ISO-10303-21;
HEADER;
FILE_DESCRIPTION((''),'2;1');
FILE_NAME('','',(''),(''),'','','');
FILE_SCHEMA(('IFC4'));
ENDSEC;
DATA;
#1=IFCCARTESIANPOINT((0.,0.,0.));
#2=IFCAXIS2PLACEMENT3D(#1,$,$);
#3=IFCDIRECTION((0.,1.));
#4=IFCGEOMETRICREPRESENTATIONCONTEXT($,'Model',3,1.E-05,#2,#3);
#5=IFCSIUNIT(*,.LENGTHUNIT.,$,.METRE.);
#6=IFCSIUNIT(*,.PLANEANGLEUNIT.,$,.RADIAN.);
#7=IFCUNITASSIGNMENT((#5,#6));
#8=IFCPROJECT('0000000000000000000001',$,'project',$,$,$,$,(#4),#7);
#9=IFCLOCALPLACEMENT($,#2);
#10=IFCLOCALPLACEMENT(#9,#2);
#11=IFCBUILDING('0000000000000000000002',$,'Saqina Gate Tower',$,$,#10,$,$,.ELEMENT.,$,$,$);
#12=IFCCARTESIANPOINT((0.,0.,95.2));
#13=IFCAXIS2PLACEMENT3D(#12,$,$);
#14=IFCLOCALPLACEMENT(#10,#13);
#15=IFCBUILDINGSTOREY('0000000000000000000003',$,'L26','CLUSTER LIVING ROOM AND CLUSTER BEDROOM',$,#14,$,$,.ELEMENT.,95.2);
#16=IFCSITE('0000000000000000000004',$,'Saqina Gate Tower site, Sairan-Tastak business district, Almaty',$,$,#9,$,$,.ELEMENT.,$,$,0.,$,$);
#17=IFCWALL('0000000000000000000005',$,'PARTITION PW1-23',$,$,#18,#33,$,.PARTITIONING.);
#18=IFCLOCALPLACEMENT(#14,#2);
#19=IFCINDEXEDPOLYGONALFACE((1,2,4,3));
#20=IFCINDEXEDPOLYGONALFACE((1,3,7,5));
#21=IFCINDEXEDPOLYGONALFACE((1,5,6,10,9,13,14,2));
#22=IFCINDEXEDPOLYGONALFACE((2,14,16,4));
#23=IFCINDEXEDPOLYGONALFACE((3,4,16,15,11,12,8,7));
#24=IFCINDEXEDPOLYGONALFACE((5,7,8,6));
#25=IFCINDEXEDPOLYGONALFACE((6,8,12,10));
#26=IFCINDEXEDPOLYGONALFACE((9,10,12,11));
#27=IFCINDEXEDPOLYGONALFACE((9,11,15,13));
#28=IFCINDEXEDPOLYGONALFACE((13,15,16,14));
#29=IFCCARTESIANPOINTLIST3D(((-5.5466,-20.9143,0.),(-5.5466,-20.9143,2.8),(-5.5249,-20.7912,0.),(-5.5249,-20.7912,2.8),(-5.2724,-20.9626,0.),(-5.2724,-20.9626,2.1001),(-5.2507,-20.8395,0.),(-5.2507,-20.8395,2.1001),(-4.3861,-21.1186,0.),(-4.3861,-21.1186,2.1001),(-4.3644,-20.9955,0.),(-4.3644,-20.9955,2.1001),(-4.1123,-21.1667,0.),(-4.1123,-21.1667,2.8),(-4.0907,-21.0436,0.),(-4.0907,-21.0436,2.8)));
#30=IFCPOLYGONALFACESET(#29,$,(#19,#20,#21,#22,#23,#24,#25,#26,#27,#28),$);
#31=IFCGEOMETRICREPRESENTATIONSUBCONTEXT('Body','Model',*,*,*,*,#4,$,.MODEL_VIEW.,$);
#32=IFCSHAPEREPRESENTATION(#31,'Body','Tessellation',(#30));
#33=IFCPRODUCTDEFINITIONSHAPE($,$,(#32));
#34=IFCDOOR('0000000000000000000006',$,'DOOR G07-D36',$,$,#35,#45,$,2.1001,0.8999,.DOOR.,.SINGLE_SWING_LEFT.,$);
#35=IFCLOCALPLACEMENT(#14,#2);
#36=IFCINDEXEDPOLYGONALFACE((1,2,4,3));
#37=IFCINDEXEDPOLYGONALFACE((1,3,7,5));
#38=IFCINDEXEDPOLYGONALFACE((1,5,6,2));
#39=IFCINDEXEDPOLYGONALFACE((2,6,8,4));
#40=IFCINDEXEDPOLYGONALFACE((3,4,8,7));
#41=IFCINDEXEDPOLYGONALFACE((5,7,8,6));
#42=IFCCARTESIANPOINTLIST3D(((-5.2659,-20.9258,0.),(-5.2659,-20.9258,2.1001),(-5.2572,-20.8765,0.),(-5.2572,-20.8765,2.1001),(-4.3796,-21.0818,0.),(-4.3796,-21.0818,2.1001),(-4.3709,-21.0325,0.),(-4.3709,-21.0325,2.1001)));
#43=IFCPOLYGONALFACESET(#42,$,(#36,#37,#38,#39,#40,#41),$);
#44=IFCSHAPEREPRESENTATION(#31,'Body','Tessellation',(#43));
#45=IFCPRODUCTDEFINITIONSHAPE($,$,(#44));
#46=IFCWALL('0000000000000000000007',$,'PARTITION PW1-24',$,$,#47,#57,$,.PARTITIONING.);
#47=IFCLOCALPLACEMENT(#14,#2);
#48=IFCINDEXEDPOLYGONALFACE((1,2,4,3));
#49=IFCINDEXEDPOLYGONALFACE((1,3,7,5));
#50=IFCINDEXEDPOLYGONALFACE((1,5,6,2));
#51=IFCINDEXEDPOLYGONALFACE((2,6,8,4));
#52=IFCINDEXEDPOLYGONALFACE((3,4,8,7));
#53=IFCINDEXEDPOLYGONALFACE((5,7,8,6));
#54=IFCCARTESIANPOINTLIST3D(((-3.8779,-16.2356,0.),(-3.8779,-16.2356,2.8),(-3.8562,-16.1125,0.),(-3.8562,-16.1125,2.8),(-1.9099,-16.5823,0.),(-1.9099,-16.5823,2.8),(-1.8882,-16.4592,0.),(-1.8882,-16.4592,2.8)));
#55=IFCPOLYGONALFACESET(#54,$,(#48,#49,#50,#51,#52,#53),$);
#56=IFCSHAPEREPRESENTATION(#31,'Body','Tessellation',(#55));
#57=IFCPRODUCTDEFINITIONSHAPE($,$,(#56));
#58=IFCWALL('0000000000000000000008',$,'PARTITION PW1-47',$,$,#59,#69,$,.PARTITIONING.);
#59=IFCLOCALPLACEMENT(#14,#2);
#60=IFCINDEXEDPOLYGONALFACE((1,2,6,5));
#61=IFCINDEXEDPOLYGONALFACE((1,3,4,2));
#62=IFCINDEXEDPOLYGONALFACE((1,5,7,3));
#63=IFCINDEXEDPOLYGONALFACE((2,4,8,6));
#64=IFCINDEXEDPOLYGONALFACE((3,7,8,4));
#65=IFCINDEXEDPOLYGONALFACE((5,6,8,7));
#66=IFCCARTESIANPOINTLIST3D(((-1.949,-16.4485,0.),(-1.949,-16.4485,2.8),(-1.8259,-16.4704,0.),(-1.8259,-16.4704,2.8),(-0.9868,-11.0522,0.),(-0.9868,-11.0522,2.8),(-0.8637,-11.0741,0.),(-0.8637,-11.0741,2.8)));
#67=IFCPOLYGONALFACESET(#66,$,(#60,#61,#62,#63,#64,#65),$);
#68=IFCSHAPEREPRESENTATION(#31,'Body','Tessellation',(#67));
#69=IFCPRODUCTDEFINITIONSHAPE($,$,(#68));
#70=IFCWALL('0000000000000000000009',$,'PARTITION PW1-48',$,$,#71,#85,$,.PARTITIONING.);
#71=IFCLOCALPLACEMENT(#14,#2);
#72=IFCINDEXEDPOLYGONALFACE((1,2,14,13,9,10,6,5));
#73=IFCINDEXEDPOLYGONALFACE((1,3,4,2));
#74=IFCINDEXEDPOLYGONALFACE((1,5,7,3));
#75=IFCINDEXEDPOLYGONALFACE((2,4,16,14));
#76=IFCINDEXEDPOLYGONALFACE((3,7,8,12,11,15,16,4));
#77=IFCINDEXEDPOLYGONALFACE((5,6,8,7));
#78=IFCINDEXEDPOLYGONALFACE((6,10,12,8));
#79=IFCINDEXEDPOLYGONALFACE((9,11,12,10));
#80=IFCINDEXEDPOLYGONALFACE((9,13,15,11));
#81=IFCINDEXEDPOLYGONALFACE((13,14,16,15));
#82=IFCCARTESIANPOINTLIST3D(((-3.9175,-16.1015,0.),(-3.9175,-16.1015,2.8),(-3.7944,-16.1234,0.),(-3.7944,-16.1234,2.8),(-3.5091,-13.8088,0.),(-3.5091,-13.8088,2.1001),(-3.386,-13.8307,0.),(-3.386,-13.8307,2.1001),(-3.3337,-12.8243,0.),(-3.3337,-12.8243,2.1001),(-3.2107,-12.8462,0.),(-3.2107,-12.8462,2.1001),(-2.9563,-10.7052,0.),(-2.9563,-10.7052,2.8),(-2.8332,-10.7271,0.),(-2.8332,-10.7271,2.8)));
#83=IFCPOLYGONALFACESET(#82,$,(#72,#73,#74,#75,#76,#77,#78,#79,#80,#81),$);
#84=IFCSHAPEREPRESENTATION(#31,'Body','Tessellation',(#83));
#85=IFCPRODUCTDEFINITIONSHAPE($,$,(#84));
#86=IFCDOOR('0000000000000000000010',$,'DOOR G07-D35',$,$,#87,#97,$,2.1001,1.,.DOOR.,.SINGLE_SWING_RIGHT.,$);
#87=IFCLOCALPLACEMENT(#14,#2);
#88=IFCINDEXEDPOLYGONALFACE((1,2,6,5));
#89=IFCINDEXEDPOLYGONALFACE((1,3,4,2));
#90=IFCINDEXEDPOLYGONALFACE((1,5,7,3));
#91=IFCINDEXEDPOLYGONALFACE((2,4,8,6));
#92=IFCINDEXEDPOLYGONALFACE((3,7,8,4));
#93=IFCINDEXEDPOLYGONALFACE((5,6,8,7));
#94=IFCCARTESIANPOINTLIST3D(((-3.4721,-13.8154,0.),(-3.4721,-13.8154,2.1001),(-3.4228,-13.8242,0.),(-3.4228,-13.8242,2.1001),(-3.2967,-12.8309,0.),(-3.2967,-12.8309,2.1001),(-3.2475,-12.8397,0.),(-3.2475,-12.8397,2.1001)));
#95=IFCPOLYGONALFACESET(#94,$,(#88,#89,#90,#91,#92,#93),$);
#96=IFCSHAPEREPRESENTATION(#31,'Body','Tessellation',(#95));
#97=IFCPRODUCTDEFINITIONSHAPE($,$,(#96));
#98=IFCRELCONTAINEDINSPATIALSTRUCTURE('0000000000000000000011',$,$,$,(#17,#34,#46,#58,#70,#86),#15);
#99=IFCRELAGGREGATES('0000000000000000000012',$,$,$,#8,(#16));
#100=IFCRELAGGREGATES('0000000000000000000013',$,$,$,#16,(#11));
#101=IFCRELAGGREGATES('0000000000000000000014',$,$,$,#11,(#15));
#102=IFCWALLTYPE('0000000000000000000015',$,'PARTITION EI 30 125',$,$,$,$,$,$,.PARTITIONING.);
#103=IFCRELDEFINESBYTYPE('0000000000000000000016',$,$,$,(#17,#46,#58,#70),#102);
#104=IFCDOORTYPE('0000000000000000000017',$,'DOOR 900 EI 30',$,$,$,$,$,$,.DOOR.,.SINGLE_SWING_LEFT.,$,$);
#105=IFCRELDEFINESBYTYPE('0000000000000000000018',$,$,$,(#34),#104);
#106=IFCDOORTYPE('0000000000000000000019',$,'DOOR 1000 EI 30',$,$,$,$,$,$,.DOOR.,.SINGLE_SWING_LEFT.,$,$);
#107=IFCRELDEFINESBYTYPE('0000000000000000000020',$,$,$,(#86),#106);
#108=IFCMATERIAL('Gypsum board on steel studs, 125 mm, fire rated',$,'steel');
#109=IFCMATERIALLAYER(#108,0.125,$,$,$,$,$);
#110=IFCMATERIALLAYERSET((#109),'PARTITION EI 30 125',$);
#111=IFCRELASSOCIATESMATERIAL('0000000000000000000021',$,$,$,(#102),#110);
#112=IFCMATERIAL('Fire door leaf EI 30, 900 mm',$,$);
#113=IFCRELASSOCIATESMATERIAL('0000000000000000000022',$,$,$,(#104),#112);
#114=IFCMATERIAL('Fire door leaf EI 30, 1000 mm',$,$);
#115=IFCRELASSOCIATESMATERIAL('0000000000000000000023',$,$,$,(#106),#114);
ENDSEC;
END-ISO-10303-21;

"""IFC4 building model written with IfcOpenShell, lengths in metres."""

from ifc_helpers import new_model, si_unit, direction, frame, frame_2d, origin, place, context, subcontext, project, spatial, rectangle, extrude, material, layer, layer_set, type_object, element, fill, save


model = new_model("IFC4")

# Units and contexts
model_context = context("Model", 3, precision=1e-05, world=origin(), true_north=direction((0.0, 1.0)))
body_context = subcontext(model_context, "Body", "Model", "MODEL_VIEW")
ifc_project = project(units=[si_unit("LENGTHUNIT", "METRE"), si_unit("PLANEANGLEUNIT", "RADIAN")], contexts=[model_context])

# Site, building, storey
site_placement = place(None, origin())
site = spatial("IfcSite", under=ifc_project, at=site_placement, Name="Saqina Gate Tower site, Sairan-Tastak business district, Almaty", CompositionType="ELEMENT", RefElevation=0.0)
building_placement = place(site_placement, origin())
building = spatial("IfcBuilding", under=site, at=building_placement, Name="Saqina Gate Tower", CompositionType="ELEMENT")
storey_placement = place(building_placement, frame((0.0, 0.0, 95.2)))
storey = spatial("IfcBuildingStorey", under=building, at=storey_placement, Name="L26", Description="CLUSTER LIVING ROOM AND CLUSTER BEDROOM", CompositionType="ELEMENT", Elevation=95.2)

# Wall, opening, door
ifc_material_1 = material(Name="Gypsum board on steel studs, 125 mm, fire rated", Category="steel")
ifc_layer_1 = layer(ifc_material_1, 0.125)
ifc_layer_set_1 = layer_set([ifc_layer_1], Name="PARTITION EI 30 125")
wall_type_1 = type_object("IfcWallType", Name="PARTITION EI 30 125", PredefinedType="PARTITIONING", material=ifc_layer_set_1)
wall_1_placement = place(storey_placement, frame((-5.5356, -20.8528, 0.0), z_axis=(0.0, 0.0, 1.0), x_axis=(0.984863, -0.173336, 0.0)))
wall_1 = element("IfcWall", 1, at=wall_1_placement, inside=storey, type_object=wall_type_1, Name="PARTITION PW1-23", PredefinedType="PARTITIONING", context=body_context, shape_type="SweptSolid", body=[
    extrude(rectangle(XDim=1.4563, YDim=0.125, at=frame_2d((0.728, 0.0))), origin(), (0.0, 0.0, 1.0), 2.8),
])
opening_1_placement = place(wall_1_placement, frame((0.2783, 0.0, 0.0)))
opening_1 = element("IfcOpeningElement", 2, at=opening_1_placement, cuts=wall_1, PredefinedType="OPENING", context=body_context, shape_type="SweptSolid", body=[
    extrude(rectangle(XDim=0.8999, YDim=2.1001, at=frame_2d((0.45, 1.05))), frame((0.0, 0.0745, 0.0), z_axis=(0.0, -1.0, 0.0), x_axis=(1.0, 0.0, 0.0)), (0.0, 0.0, 1.0), 0.1489),
])
ifc_material_2 = material(Name="Fire door leaf EI 30, 900 mm")
door_type_1 = type_object("IfcDoorType", Name="DOOR 900 EI 30", OperationType="SINGLE_SWING_LEFT", PredefinedType="DOOR", material=ifc_material_2)
door_1_placement = place(opening_1_placement, origin())
door_1 = element("IfcDoor", 3, at=door_1_placement, inside=storey, type_object=door_type_1, Name="DOOR G07-D36", OperationType="SINGLE_SWING_LEFT", OverallHeight=2.1001, OverallWidth=0.8999, PredefinedType="DOOR", context=body_context, shape_type="SweptSolid", body=[
    extrude(rectangle(XDim=0.8999, YDim=2.1001, at=frame_2d((0.45, 1.05))), frame((0.0, 0.0249, 0.0), z_axis=(0.0, -1.0, 0.0), x_axis=(1.0, 0.0, 0.0)), (0.0, 0.0, 1.0), 0.05),
])
fill(opening_1, door_1)

# Walls
wall_2_placement = place(storey_placement, frame((-3.8669, -16.1741, 0.0), z_axis=(0.0, 0.0, 1.0), x_axis=(0.984836, -0.173486, 0.0)))
element("IfcWall", 4, at=wall_2_placement, inside=storey, type_object=wall_type_1, Name="PARTITION PW1-24", PredefinedType="PARTITIONING", context=body_context, shape_type="SweptSolid", body=[
    extrude(rectangle(XDim=1.9983, YDim=0.125, at=frame_2d((0.999, 0.0))), origin(), (0.0, 0.0, 1.0), 2.8),
])
wall_3_placement = place(storey_placement, frame((-1.8875, -16.4595, 0.0), z_axis=(0.0, 0.0, 1.0), x_axis=(0.175533, 0.984474, 0.0)))
element("IfcWall", 5, at=wall_3_placement, inside=storey, type_object=wall_type_1, Name="PARTITION PW1-47", PredefinedType="PARTITIONING", context=body_context, shape_type="SweptSolid", body=[
    extrude(rectangle(XDim=5.4814, YDim=0.125, at=frame_2d((2.7407, 0.0))), origin(), (0.0, 0.0, 1.0), 2.8),
])

# Wall, opening, door
wall_4_placement = place(storey_placement, frame((-3.856, -16.1125, 0.0), z_axis=(0.0, 0.0, 1.0), x_axis=(0.175361, 0.984504, 0.0)))
wall_4 = element("IfcWall", 6, at=wall_4_placement, inside=storey, type_object=wall_type_1, Name="PARTITION PW1-48", PredefinedType="PARTITIONING", context=body_context, shape_type="SweptSolid", body=[
    extrude(rectangle(XDim=5.4812, YDim=0.125, at=frame_2d((2.7407, 0.0))), origin(), (0.0, 0.0, 1.0), 2.8),
])
opening_2_placement = place(wall_4_placement, frame((2.3289, 0.0, 0.0)))
opening_2 = element("IfcOpeningElement", 7, at=opening_2_placement, cuts=wall_4, PredefinedType="OPENING", context=body_context, shape_type="SweptSolid", body=[
    extrude(rectangle(XDim=1.0, YDim=2.1001, at=frame_2d((0.5, 1.05))), frame((0.0, 0.0745, 0.0), z_axis=(0.0, -1.0, 0.0), x_axis=(1.0, 0.0, 0.0)), (0.0, 0.0, 1.0), 0.1489),
])
ifc_material_3 = material(Name="Fire door leaf EI 30, 1000 mm")
door_type_2 = type_object("IfcDoorType", Name="DOOR 1000 EI 30", OperationType="SINGLE_SWING_LEFT", PredefinedType="DOOR", material=ifc_material_3)
door_2_placement = place(opening_2_placement, origin())
door_2 = element("IfcDoor", 8, at=door_2_placement, inside=storey, type_object=door_type_2, Name="DOOR G07-D35", OperationType="SINGLE_SWING_RIGHT", OverallHeight=2.1001, OverallWidth=1.0, PredefinedType="DOOR", context=body_context, shape_type="SweptSolid", body=[
    extrude(rectangle(XDim=1.0, YDim=2.1001, at=frame_2d((0.5, 1.05))), frame((0.0, 0.0249, 0.0), z_axis=(0.0, -1.0, 0.0), x_axis=(1.0, 0.0, 0.0)), (0.0, 0.0, 1.0), 0.05),
])
fill(opening_2, door_2)

save(model, "model.ifc")
